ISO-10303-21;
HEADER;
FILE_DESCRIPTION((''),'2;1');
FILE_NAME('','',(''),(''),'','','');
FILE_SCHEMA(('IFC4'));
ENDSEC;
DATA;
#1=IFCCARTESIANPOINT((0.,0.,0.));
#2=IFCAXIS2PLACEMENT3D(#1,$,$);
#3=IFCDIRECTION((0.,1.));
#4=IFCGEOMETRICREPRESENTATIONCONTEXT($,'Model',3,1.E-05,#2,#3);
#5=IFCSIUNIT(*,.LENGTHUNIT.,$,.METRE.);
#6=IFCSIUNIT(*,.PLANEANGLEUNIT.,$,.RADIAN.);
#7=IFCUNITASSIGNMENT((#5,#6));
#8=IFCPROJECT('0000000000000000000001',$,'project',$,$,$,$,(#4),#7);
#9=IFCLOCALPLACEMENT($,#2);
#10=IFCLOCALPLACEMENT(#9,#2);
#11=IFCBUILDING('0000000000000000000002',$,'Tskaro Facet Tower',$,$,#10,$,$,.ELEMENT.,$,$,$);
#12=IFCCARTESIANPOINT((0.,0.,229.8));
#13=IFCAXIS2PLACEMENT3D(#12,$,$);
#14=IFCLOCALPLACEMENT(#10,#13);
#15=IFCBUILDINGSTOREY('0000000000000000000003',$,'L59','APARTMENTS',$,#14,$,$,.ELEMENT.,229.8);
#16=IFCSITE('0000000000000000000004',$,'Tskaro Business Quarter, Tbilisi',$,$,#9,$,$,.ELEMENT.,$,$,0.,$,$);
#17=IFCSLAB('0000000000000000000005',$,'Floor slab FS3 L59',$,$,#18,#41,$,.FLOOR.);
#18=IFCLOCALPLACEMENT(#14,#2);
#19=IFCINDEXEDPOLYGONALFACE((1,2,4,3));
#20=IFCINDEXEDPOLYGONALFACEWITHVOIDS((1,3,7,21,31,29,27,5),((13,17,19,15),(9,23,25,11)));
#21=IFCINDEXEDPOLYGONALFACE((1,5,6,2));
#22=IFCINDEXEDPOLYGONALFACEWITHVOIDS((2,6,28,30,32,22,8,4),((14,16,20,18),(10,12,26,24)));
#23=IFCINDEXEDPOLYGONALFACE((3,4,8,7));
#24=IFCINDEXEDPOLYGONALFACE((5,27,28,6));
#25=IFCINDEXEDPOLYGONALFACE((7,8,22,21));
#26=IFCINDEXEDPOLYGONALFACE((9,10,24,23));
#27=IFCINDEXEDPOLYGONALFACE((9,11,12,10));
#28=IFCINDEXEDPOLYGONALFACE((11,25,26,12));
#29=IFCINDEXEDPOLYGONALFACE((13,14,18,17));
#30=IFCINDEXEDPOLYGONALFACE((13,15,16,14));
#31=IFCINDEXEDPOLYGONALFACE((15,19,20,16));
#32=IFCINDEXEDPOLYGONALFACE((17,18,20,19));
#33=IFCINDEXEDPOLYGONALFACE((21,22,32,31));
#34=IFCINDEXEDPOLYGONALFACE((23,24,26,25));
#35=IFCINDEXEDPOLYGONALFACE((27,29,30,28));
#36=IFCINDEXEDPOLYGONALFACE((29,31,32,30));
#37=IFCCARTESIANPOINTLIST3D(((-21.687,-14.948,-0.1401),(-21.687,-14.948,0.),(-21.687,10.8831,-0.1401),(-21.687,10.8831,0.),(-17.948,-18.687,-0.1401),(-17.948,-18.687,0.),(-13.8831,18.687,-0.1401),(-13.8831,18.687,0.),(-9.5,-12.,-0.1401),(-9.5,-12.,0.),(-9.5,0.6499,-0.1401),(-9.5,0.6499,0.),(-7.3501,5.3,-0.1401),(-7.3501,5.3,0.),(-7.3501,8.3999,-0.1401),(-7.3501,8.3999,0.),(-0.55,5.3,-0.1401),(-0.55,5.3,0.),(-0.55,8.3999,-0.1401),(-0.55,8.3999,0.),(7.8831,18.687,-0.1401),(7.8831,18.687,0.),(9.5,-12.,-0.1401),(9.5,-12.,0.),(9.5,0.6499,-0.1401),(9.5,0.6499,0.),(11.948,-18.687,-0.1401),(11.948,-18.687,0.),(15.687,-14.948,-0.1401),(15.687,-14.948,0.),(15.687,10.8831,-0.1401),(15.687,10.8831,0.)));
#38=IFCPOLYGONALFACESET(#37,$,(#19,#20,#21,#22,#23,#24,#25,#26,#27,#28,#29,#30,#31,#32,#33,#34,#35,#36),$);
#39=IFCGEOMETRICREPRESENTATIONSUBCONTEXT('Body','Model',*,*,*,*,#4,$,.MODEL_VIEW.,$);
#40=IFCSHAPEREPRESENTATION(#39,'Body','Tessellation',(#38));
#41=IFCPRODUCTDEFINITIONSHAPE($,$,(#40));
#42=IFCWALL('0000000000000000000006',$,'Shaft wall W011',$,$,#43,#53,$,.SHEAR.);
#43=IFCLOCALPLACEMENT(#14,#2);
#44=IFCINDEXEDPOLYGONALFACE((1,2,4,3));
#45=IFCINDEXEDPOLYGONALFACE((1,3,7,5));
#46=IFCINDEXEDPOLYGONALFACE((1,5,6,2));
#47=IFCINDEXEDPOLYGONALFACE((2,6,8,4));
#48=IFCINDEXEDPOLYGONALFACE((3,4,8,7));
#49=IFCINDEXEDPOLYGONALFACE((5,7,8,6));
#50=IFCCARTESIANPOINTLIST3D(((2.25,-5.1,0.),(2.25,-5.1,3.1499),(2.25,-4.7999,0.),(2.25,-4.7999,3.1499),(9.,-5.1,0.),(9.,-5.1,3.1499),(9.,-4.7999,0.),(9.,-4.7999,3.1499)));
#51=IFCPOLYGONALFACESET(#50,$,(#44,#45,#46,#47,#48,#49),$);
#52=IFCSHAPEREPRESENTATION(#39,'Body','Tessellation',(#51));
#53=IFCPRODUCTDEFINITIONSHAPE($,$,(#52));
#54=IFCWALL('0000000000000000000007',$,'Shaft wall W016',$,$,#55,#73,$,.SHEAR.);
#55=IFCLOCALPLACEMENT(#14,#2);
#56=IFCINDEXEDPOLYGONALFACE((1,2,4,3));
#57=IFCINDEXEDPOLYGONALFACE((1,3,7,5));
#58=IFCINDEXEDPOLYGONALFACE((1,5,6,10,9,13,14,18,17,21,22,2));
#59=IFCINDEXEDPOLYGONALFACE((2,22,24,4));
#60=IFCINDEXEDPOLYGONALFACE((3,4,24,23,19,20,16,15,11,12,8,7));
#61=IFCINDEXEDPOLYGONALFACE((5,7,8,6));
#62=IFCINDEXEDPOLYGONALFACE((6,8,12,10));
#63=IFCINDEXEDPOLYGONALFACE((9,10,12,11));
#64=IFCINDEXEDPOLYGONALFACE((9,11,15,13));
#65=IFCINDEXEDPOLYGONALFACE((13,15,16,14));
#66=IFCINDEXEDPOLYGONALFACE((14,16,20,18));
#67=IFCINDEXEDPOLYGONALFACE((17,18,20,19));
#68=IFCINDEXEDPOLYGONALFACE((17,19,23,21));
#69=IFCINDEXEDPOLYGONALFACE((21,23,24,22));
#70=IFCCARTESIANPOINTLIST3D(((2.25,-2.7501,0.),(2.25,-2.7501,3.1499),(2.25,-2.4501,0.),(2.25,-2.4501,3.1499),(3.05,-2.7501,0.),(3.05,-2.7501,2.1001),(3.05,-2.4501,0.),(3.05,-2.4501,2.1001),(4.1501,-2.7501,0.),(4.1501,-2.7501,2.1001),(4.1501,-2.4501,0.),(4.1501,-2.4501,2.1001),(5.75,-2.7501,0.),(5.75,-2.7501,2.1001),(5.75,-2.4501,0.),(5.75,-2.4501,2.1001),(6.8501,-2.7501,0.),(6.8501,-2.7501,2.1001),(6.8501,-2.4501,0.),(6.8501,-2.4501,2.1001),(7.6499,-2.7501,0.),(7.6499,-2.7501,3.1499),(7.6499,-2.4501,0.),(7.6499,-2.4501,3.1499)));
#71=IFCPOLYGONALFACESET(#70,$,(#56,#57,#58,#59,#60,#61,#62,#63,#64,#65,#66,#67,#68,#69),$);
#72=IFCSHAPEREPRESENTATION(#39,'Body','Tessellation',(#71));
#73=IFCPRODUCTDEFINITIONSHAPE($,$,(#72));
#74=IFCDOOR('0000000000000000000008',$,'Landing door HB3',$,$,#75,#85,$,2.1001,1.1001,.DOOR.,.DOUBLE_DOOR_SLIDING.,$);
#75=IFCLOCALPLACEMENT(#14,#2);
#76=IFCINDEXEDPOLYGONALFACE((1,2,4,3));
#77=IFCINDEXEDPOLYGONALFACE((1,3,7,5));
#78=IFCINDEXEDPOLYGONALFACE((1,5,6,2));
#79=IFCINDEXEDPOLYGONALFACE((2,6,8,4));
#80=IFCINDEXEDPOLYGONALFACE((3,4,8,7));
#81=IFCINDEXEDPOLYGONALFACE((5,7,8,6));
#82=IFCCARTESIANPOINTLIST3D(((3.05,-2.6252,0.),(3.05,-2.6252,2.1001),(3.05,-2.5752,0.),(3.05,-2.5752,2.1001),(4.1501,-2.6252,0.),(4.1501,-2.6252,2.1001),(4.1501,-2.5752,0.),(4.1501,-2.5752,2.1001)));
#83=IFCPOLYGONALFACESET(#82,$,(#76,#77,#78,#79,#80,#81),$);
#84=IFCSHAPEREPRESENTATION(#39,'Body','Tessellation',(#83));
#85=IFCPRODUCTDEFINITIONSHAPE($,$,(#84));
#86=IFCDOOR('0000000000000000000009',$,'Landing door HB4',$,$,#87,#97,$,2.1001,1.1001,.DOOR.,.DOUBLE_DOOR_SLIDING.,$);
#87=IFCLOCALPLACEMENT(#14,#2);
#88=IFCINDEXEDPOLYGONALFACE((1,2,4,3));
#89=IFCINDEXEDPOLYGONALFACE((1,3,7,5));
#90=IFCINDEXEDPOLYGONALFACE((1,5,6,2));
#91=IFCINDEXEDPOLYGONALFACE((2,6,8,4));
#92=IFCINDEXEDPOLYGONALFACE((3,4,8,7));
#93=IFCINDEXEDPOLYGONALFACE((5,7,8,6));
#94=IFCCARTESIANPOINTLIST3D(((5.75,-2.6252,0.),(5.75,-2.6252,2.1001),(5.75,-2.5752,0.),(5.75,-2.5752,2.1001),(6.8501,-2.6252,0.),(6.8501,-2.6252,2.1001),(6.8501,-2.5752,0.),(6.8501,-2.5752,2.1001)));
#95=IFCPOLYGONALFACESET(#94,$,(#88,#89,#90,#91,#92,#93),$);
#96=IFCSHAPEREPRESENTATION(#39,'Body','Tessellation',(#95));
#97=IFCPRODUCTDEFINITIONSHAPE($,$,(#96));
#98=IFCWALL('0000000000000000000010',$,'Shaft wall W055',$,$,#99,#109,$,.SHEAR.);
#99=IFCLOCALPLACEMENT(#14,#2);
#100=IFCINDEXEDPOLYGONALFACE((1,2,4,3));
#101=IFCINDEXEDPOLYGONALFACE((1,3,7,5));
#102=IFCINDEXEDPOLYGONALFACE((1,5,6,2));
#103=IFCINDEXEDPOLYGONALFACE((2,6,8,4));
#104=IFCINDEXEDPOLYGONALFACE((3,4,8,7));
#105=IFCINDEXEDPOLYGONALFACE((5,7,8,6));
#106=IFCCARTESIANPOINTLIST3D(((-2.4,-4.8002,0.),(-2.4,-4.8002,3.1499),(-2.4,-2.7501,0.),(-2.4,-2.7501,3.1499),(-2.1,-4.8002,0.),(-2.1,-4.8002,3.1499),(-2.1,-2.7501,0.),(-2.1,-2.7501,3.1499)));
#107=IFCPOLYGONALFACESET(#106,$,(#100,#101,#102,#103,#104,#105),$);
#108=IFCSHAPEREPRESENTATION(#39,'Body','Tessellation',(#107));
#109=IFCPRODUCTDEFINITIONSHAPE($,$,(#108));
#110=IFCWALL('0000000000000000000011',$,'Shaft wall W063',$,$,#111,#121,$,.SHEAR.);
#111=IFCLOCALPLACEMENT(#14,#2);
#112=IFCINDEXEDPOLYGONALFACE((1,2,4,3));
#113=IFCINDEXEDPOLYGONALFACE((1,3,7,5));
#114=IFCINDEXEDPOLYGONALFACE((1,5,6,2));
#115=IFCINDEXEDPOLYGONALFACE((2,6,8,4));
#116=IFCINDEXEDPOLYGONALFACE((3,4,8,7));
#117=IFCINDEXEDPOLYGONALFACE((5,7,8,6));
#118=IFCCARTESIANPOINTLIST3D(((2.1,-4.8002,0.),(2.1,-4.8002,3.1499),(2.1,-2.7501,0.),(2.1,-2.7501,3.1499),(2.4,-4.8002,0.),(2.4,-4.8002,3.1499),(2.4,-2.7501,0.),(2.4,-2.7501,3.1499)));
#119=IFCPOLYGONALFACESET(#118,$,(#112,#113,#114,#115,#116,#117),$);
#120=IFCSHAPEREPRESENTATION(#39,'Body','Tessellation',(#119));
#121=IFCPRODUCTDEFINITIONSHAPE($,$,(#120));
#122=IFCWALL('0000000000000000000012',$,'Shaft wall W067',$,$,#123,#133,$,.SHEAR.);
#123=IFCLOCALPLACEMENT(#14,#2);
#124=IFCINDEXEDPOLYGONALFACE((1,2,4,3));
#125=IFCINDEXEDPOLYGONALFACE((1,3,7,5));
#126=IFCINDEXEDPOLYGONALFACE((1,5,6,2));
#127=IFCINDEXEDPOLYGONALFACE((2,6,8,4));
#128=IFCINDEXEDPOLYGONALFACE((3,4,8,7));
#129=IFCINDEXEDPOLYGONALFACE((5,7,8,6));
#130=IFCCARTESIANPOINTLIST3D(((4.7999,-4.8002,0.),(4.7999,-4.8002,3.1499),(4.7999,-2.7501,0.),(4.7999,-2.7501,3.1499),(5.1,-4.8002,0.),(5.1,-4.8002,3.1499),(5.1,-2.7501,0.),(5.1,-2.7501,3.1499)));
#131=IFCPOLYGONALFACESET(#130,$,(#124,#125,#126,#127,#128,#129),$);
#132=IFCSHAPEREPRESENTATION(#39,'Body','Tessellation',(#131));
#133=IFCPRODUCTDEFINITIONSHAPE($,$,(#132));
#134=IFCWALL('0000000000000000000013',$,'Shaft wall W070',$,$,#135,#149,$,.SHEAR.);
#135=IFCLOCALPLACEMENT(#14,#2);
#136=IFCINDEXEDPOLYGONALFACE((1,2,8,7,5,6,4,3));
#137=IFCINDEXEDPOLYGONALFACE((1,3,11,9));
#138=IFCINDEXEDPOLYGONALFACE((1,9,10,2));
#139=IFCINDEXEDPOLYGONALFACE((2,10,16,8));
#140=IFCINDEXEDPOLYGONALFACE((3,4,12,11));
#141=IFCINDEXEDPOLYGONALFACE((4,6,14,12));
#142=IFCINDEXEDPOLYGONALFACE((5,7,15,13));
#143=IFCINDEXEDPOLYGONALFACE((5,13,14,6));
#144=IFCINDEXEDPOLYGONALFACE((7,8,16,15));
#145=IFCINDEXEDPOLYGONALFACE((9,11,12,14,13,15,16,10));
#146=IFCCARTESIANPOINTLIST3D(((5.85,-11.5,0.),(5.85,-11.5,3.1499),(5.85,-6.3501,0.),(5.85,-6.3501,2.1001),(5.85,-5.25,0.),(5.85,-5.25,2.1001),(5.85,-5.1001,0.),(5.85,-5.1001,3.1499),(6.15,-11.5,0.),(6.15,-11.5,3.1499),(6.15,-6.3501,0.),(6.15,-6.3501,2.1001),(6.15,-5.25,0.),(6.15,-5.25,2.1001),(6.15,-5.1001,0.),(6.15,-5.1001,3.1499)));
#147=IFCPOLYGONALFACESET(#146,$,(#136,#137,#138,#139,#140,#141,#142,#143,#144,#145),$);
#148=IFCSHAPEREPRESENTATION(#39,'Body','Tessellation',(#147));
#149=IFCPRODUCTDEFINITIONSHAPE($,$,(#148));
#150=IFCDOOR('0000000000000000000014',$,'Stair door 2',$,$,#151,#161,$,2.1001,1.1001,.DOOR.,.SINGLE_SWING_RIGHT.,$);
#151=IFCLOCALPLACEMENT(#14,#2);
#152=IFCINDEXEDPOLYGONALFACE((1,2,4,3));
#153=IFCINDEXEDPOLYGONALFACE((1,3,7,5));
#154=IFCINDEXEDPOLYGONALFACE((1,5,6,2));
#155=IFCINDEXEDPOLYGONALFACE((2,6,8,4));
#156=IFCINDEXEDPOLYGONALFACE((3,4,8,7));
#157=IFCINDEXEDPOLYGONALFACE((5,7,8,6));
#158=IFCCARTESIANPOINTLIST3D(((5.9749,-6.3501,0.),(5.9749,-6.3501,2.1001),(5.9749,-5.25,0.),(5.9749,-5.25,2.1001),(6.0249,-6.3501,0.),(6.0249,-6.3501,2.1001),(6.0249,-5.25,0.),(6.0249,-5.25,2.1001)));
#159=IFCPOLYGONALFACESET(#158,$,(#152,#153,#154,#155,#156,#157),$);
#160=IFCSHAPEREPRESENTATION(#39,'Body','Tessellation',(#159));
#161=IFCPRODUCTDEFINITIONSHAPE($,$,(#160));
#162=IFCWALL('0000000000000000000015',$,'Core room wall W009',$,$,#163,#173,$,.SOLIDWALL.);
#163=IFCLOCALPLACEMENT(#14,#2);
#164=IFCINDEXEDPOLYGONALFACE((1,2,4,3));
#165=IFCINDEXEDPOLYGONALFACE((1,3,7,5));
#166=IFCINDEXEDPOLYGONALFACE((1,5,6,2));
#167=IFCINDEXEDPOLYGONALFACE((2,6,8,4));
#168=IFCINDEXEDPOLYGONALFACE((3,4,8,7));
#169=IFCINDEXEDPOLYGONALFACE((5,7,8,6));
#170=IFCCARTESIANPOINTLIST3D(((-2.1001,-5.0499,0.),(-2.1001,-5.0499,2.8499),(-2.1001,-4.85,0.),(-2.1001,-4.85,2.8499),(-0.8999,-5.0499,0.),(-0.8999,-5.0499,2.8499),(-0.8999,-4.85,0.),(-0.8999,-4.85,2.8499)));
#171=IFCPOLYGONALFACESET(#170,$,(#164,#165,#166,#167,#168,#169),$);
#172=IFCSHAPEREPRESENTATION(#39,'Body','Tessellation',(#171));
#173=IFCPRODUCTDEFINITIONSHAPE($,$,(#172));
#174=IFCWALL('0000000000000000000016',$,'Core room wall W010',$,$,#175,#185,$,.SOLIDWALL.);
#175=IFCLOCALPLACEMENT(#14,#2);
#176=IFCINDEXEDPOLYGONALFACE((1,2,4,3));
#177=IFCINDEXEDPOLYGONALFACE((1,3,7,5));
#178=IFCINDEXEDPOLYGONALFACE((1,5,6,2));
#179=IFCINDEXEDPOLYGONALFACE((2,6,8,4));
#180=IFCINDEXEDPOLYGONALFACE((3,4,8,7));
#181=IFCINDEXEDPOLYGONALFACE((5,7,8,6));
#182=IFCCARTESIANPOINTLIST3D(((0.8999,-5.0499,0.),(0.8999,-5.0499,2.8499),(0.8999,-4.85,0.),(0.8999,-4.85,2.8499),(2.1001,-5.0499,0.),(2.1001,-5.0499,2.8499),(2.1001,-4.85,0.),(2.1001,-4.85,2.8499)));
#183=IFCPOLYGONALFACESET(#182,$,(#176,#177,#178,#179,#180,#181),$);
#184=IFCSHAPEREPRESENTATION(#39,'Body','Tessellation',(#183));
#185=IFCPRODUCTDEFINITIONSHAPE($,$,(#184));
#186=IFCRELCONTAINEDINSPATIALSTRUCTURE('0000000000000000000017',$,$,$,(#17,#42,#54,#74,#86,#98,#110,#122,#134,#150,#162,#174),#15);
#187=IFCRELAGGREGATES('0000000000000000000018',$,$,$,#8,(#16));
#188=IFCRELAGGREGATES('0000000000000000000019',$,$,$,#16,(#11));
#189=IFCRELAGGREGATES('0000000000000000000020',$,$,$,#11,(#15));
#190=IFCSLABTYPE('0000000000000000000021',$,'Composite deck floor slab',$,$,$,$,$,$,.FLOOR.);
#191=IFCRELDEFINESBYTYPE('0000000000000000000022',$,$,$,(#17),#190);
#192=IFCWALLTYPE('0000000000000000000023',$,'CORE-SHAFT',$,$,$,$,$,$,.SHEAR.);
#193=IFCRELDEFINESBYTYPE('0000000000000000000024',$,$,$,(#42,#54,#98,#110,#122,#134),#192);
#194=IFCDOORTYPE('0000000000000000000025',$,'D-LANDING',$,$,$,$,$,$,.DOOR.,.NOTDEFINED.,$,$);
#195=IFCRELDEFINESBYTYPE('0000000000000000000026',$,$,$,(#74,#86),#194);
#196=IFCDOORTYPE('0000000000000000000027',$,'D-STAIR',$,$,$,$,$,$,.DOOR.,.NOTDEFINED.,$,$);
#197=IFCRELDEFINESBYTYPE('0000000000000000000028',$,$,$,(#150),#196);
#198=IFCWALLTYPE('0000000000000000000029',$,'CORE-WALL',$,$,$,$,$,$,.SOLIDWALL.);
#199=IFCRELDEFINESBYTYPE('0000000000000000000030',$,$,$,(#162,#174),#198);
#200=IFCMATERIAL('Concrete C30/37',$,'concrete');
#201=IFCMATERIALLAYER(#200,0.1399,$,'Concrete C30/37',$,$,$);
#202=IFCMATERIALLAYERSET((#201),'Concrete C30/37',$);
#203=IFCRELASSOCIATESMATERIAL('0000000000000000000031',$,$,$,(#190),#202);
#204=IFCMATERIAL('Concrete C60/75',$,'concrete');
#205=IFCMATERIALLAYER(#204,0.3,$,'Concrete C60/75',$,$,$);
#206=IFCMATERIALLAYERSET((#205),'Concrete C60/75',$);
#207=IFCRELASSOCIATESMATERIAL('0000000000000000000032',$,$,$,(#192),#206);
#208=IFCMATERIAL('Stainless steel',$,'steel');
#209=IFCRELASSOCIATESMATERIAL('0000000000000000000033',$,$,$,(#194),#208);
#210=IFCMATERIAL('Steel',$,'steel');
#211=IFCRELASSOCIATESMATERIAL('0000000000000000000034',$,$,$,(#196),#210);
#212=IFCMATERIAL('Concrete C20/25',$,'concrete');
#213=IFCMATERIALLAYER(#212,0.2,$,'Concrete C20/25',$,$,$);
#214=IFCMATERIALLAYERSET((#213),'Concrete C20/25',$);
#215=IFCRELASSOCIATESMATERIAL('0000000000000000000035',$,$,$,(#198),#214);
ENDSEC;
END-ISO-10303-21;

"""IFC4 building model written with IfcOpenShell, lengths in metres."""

from ifc_helpers import new_model, si_unit, direction, frame, frame_2d, origin, place, context, subcontext, project, spatial, polyline, rectangle, outline, extrude, material, layer, layer_set, type_object, element, fill, save


model = new_model("IFC4")

# Units and contexts
model_context = context("Model", 3, precision=1e-05, world=origin(), true_north=direction((0.0, 1.0)))
body_context = subcontext(model_context, "Body", "Model", "MODEL_VIEW")
ifc_project = project(units=[si_unit("LENGTHUNIT", "METRE"), si_unit("PLANEANGLEUNIT", "RADIAN")], contexts=[model_context])

# Site, building, storey
site_placement = place(None, origin())
site = spatial("IfcSite", under=ifc_project, at=site_placement, Name="Tskaro Business Quarter, Tbilisi", CompositionType="ELEMENT", RefElevation=0.0)
building_placement = place(site_placement, origin())
building = spatial("IfcBuilding", under=site, at=building_placement, Name="Tskaro Facet Tower", CompositionType="ELEMENT")
storey_placement = place(building_placement, frame((0.0, 0.0, 229.8)))
storey = spatial("IfcBuildingStorey", under=building, at=storey_placement, Name="L59", Description="APARTMENTS", CompositionType="ELEMENT", Elevation=229.8)

# Slab
ifc_material_1 = material(Name="Concrete C30/37", Category="concrete")
ifc_layer_1 = layer(ifc_material_1, 0.1399, Name="Concrete C30/37")
ifc_layer_set_1 = layer_set([ifc_layer_1], Name="Concrete C30/37")
slab_type = type_object("IfcSlabType", Name="Composite deck floor slab", PredefinedType="FLOOR", material=ifc_layer_set_1)
slab_placement = place(storey_placement, frame((0.0, 0.0, -0.1401)))
element("IfcSlab", 1, at=slab_placement, inside=storey, type_object=slab_type, Name="Floor slab FS3 L59", PredefinedType="FLOOR", context=body_context, shape_type="SweptSolid", body=[
    extrude(outline(polyline([(-17.948, -18.687), (11.948, -18.687), (15.687, -14.948), (15.687, 10.8831), (7.8831, 18.687), (-13.8831, 18.687), (-21.687, 10.8831), (-21.687, -14.948), (-17.948, -18.687)]), holes=[polyline([(-9.5, -12.0), (9.5, -12.0), (9.5, 0.6499), (-9.5, 0.6499), (-9.5, -12.0)]), polyline([(-7.3501, 5.3), (-0.55, 5.3), (-0.55, 8.3999), (-7.3501, 8.3999), (-7.3501, 5.3)])]), origin(), (0.0, 0.0, 1.0), 0.1401),
])

# Wall
ifc_material_2 = material(Name="Concrete C60/75", Category="concrete")
ifc_layer_2 = layer(ifc_material_2, 0.3, Name="Concrete C60/75")
ifc_layer_set_2 = layer_set([ifc_layer_2], Name="Concrete C60/75")
wall_type_1 = type_object("IfcWallType", Name="CORE-SHAFT", PredefinedType="SHEAR", material=ifc_layer_set_2)
wall_1_placement = place(storey_placement, frame((2.25, -4.95, 0.0), z_axis=(0.0, 0.0, 1.0), x_axis=(1.0, 0.0, 0.0)))
element("IfcWall", 2, at=wall_1_placement, inside=storey, type_object=wall_type_1, Name="Shaft wall W011", PredefinedType="SHEAR", context=body_context, shape_type="SweptSolid", body=[
    extrude(rectangle(XDim=6.75, YDim=0.3, at=frame_2d((3.375, 0.0))), origin(), (0.0, 0.0, 1.0), 3.1499),
])

# Wall, openings, doors
wall_2_placement = place(storey_placement, frame((2.25, -2.6001, 0.0), z_axis=(0.0, 0.0, 1.0), x_axis=(1.0, 0.0, 0.0)))
wall_2 = element("IfcWall", 3, at=wall_2_placement, inside=storey, type_object=wall_type_1, Name="Shaft wall W016", PredefinedType="SHEAR", context=body_context, shape_type="SweptSolid", body=[
    extrude(rectangle(XDim=5.3999, YDim=0.3, at=frame_2d((2.7, 0.0))), origin(), (0.0, 0.0, 1.0), 3.1499),
])
opening_1_placement = place(wall_2_placement, frame((0.8, 0.0, 0.0)))
opening_1 = element("IfcOpeningElement", 4, at=opening_1_placement, cuts=wall_2, PredefinedType="OPENING", context=body_context, shape_type="SweptSolid", body=[
    extrude(rectangle(XDim=1.1001, YDim=2.1001, at=frame_2d((0.55, 1.05))), frame((0.0, 0.1599, 0.0), z_axis=(0.0, -1.0, 0.0), x_axis=(1.0, 0.0, 0.0)), (0.0, 0.0, 1.0), 0.3201),
])
opening_2_placement = place(wall_2_placement, frame((3.5, 0.0, 0.0)))
opening_2 = element("IfcOpeningElement", 5, at=opening_2_placement, cuts=wall_2, PredefinedType="OPENING", context=body_context, shape_type="SweptSolid", body=[
    extrude(rectangle(XDim=1.1001, YDim=2.1001, at=frame_2d((0.55, 1.05))), frame((0.0, 0.1599, 0.0), z_axis=(0.0, -1.0, 0.0), x_axis=(1.0, 0.0, 0.0)), (0.0, 0.0, 1.0), 0.3201),
])
ifc_material_3 = material(Name="Stainless steel", Category="steel")
door_type_1 = type_object("IfcDoorType", Name="D-LANDING", OperationType="NOTDEFINED", PredefinedType="DOOR", material=ifc_material_3)
door_1_placement = place(opening_1_placement, origin())
door_1 = element("IfcDoor", 6, at=door_1_placement, inside=storey, type_object=door_type_1, Name="Landing door HB3", OperationType="DOUBLE_DOOR_SLIDING", OverallHeight=2.1001, OverallWidth=1.1001, PredefinedType="DOOR", context=body_context, shape_type="SweptSolid", body=[
    extrude(rectangle(XDim=1.1001, YDim=2.1001, at=frame_2d((0.55, 1.05))), frame((0.0, 0.0249, 0.0), z_axis=(0.0, -1.0, 0.0), x_axis=(1.0, 0.0, 0.0)), (0.0, 0.0, 1.0), 0.05),
])
fill(opening_1, door_1)
door_2_placement = place(opening_2_placement, origin())
door_2 = element("IfcDoor", 7, at=door_2_placement, inside=storey, type_object=door_type_1, Name="Landing door HB4", OperationType="DOUBLE_DOOR_SLIDING", OverallHeight=2.1001, OverallWidth=1.1001, PredefinedType="DOOR", context=body_context, shape_type="SweptSolid", body=[
    extrude(rectangle(XDim=1.1001, YDim=2.1001, at=frame_2d((0.55, 1.05))), frame((0.0, 0.0249, 0.0), z_axis=(0.0, -1.0, 0.0), x_axis=(1.0, 0.0, 0.0)), (0.0, 0.0, 1.0), 0.05),
])
fill(opening_2, door_2)

# Walls
for number, where, z_axis, x_axis, name in (
    (8, (-2.25, -4.8, 0.0), (0.0, 0.0, 1.0), (0.0, 1.0, 0.0), "Shaft wall W055"),
    (9, (2.25, -4.8, 0.0), (0.0, 0.0, 1.0), (0.0, 1.0, 0.0), "Shaft wall W063"),
    (10, (4.95, -4.8, 0.0), (0.0, 0.0, 1.0), (0.0, 1.0, 0.0), "Shaft wall W067"),
):
    element("IfcWall", number, at=place(storey_placement, frame(where, z_axis=z_axis, x_axis=x_axis)), inside=storey, type_object=wall_type_1, Name=name, PredefinedType="SHEAR", context=body_context, shape_type="SweptSolid", body=[
        extrude(rectangle(XDim=2.05, YDim=0.3, at=frame_2d((1.0249, 0.0))), origin(), (0.0, 0.0, 1.0), 3.1499),
    ])

# Wall, opening, door
wall_3_placement = place(storey_placement, frame((6.0, -5.1001, 0.0), z_axis=(0.0, 0.0, 1.0), x_axis=(0.0, -1.0, 0.0)))
wall_3 = element("IfcWall", 11, at=wall_3_placement, inside=storey, type_object=wall_type_1, Name="Shaft wall W070", PredefinedType="SHEAR", context=body_context, shape_type="SweptSolid", body=[
    extrude(rectangle(XDim=6.3999, YDim=0.3, at=frame_2d((3.2, 0.0))), origin(), (0.0, 0.0, 1.0), 3.1499),
])
opening_3_placement = place(wall_3_placement, frame((0.1499, 0.0, 0.0)))
opening_3 = element("IfcOpeningElement", 12, at=opening_3_placement, cuts=wall_3, PredefinedType="OPENING", context=body_context, shape_type="SweptSolid", body=[
    extrude(rectangle(XDim=1.1001, YDim=2.1001, at=frame_2d((0.55, 1.05))), frame((0.0, 0.1599, 0.0), z_axis=(0.0, -1.0, 0.0), x_axis=(1.0, 0.0, 0.0)), (0.0, 0.0, 1.0), 0.3201),
])
ifc_material_4 = material(Name="Steel", Category="steel")
door_type_2 = type_object("IfcDoorType", Name="D-STAIR", OperationType="NOTDEFINED", PredefinedType="DOOR", material=ifc_material_4)
door_3_placement = place(opening_3_placement, origin())
door_3 = element("IfcDoor", 13, at=door_3_placement, inside=storey, type_object=door_type_2, Name="Stair door 2", OperationType="SINGLE_SWING_RIGHT", OverallHeight=2.1001, OverallWidth=1.1001, PredefinedType="DOOR", context=body_context, shape_type="SweptSolid", body=[
    extrude(rectangle(XDim=1.1001, YDim=2.1001, at=frame_2d((0.55, 1.05))), frame((0.0, 0.0249, 0.0), z_axis=(0.0, -1.0, 0.0), x_axis=(1.0, 0.0, 0.0)), (0.0, 0.0, 1.0), 0.05),
])
fill(opening_3, door_3)

# Walls
ifc_material_5 = material(Name="Concrete C20/25", Category="concrete")
ifc_layer_3 = layer(ifc_material_5, 0.2, Name="Concrete C20/25")
ifc_layer_set_3 = layer_set([ifc_layer_3], Name="Concrete C20/25")
wall_type_2 = type_object("IfcWallType", Name="CORE-WALL", PredefinedType="SOLIDWALL", material=ifc_layer_set_3)
for number, where, z_axis, x_axis, name in (
    (14, (-2.1001, -4.95, 0.0), (0.0, 0.0, 1.0), (1.0, 0.0, 0.0), "Core room wall W009"),
    (15, (0.8999, -4.95, 0.0), (0.0, 0.0, 1.0), (1.0, 0.0, 0.0), "Core room wall W010"),
):
    element("IfcWall", number, at=place(storey_placement, frame(where, z_axis=z_axis, x_axis=x_axis)), inside=storey, type_object=wall_type_2, Name=name, PredefinedType="SOLIDWALL", context=body_context, shape_type="SweptSolid", body=[
        extrude(rectangle(XDim=1.2002, YDim=0.2, at=frame_2d((0.6001, 0.0))), origin(), (0.0, 0.0, 1.0), 2.8499),
    ])

save(model, "model.ifc")
